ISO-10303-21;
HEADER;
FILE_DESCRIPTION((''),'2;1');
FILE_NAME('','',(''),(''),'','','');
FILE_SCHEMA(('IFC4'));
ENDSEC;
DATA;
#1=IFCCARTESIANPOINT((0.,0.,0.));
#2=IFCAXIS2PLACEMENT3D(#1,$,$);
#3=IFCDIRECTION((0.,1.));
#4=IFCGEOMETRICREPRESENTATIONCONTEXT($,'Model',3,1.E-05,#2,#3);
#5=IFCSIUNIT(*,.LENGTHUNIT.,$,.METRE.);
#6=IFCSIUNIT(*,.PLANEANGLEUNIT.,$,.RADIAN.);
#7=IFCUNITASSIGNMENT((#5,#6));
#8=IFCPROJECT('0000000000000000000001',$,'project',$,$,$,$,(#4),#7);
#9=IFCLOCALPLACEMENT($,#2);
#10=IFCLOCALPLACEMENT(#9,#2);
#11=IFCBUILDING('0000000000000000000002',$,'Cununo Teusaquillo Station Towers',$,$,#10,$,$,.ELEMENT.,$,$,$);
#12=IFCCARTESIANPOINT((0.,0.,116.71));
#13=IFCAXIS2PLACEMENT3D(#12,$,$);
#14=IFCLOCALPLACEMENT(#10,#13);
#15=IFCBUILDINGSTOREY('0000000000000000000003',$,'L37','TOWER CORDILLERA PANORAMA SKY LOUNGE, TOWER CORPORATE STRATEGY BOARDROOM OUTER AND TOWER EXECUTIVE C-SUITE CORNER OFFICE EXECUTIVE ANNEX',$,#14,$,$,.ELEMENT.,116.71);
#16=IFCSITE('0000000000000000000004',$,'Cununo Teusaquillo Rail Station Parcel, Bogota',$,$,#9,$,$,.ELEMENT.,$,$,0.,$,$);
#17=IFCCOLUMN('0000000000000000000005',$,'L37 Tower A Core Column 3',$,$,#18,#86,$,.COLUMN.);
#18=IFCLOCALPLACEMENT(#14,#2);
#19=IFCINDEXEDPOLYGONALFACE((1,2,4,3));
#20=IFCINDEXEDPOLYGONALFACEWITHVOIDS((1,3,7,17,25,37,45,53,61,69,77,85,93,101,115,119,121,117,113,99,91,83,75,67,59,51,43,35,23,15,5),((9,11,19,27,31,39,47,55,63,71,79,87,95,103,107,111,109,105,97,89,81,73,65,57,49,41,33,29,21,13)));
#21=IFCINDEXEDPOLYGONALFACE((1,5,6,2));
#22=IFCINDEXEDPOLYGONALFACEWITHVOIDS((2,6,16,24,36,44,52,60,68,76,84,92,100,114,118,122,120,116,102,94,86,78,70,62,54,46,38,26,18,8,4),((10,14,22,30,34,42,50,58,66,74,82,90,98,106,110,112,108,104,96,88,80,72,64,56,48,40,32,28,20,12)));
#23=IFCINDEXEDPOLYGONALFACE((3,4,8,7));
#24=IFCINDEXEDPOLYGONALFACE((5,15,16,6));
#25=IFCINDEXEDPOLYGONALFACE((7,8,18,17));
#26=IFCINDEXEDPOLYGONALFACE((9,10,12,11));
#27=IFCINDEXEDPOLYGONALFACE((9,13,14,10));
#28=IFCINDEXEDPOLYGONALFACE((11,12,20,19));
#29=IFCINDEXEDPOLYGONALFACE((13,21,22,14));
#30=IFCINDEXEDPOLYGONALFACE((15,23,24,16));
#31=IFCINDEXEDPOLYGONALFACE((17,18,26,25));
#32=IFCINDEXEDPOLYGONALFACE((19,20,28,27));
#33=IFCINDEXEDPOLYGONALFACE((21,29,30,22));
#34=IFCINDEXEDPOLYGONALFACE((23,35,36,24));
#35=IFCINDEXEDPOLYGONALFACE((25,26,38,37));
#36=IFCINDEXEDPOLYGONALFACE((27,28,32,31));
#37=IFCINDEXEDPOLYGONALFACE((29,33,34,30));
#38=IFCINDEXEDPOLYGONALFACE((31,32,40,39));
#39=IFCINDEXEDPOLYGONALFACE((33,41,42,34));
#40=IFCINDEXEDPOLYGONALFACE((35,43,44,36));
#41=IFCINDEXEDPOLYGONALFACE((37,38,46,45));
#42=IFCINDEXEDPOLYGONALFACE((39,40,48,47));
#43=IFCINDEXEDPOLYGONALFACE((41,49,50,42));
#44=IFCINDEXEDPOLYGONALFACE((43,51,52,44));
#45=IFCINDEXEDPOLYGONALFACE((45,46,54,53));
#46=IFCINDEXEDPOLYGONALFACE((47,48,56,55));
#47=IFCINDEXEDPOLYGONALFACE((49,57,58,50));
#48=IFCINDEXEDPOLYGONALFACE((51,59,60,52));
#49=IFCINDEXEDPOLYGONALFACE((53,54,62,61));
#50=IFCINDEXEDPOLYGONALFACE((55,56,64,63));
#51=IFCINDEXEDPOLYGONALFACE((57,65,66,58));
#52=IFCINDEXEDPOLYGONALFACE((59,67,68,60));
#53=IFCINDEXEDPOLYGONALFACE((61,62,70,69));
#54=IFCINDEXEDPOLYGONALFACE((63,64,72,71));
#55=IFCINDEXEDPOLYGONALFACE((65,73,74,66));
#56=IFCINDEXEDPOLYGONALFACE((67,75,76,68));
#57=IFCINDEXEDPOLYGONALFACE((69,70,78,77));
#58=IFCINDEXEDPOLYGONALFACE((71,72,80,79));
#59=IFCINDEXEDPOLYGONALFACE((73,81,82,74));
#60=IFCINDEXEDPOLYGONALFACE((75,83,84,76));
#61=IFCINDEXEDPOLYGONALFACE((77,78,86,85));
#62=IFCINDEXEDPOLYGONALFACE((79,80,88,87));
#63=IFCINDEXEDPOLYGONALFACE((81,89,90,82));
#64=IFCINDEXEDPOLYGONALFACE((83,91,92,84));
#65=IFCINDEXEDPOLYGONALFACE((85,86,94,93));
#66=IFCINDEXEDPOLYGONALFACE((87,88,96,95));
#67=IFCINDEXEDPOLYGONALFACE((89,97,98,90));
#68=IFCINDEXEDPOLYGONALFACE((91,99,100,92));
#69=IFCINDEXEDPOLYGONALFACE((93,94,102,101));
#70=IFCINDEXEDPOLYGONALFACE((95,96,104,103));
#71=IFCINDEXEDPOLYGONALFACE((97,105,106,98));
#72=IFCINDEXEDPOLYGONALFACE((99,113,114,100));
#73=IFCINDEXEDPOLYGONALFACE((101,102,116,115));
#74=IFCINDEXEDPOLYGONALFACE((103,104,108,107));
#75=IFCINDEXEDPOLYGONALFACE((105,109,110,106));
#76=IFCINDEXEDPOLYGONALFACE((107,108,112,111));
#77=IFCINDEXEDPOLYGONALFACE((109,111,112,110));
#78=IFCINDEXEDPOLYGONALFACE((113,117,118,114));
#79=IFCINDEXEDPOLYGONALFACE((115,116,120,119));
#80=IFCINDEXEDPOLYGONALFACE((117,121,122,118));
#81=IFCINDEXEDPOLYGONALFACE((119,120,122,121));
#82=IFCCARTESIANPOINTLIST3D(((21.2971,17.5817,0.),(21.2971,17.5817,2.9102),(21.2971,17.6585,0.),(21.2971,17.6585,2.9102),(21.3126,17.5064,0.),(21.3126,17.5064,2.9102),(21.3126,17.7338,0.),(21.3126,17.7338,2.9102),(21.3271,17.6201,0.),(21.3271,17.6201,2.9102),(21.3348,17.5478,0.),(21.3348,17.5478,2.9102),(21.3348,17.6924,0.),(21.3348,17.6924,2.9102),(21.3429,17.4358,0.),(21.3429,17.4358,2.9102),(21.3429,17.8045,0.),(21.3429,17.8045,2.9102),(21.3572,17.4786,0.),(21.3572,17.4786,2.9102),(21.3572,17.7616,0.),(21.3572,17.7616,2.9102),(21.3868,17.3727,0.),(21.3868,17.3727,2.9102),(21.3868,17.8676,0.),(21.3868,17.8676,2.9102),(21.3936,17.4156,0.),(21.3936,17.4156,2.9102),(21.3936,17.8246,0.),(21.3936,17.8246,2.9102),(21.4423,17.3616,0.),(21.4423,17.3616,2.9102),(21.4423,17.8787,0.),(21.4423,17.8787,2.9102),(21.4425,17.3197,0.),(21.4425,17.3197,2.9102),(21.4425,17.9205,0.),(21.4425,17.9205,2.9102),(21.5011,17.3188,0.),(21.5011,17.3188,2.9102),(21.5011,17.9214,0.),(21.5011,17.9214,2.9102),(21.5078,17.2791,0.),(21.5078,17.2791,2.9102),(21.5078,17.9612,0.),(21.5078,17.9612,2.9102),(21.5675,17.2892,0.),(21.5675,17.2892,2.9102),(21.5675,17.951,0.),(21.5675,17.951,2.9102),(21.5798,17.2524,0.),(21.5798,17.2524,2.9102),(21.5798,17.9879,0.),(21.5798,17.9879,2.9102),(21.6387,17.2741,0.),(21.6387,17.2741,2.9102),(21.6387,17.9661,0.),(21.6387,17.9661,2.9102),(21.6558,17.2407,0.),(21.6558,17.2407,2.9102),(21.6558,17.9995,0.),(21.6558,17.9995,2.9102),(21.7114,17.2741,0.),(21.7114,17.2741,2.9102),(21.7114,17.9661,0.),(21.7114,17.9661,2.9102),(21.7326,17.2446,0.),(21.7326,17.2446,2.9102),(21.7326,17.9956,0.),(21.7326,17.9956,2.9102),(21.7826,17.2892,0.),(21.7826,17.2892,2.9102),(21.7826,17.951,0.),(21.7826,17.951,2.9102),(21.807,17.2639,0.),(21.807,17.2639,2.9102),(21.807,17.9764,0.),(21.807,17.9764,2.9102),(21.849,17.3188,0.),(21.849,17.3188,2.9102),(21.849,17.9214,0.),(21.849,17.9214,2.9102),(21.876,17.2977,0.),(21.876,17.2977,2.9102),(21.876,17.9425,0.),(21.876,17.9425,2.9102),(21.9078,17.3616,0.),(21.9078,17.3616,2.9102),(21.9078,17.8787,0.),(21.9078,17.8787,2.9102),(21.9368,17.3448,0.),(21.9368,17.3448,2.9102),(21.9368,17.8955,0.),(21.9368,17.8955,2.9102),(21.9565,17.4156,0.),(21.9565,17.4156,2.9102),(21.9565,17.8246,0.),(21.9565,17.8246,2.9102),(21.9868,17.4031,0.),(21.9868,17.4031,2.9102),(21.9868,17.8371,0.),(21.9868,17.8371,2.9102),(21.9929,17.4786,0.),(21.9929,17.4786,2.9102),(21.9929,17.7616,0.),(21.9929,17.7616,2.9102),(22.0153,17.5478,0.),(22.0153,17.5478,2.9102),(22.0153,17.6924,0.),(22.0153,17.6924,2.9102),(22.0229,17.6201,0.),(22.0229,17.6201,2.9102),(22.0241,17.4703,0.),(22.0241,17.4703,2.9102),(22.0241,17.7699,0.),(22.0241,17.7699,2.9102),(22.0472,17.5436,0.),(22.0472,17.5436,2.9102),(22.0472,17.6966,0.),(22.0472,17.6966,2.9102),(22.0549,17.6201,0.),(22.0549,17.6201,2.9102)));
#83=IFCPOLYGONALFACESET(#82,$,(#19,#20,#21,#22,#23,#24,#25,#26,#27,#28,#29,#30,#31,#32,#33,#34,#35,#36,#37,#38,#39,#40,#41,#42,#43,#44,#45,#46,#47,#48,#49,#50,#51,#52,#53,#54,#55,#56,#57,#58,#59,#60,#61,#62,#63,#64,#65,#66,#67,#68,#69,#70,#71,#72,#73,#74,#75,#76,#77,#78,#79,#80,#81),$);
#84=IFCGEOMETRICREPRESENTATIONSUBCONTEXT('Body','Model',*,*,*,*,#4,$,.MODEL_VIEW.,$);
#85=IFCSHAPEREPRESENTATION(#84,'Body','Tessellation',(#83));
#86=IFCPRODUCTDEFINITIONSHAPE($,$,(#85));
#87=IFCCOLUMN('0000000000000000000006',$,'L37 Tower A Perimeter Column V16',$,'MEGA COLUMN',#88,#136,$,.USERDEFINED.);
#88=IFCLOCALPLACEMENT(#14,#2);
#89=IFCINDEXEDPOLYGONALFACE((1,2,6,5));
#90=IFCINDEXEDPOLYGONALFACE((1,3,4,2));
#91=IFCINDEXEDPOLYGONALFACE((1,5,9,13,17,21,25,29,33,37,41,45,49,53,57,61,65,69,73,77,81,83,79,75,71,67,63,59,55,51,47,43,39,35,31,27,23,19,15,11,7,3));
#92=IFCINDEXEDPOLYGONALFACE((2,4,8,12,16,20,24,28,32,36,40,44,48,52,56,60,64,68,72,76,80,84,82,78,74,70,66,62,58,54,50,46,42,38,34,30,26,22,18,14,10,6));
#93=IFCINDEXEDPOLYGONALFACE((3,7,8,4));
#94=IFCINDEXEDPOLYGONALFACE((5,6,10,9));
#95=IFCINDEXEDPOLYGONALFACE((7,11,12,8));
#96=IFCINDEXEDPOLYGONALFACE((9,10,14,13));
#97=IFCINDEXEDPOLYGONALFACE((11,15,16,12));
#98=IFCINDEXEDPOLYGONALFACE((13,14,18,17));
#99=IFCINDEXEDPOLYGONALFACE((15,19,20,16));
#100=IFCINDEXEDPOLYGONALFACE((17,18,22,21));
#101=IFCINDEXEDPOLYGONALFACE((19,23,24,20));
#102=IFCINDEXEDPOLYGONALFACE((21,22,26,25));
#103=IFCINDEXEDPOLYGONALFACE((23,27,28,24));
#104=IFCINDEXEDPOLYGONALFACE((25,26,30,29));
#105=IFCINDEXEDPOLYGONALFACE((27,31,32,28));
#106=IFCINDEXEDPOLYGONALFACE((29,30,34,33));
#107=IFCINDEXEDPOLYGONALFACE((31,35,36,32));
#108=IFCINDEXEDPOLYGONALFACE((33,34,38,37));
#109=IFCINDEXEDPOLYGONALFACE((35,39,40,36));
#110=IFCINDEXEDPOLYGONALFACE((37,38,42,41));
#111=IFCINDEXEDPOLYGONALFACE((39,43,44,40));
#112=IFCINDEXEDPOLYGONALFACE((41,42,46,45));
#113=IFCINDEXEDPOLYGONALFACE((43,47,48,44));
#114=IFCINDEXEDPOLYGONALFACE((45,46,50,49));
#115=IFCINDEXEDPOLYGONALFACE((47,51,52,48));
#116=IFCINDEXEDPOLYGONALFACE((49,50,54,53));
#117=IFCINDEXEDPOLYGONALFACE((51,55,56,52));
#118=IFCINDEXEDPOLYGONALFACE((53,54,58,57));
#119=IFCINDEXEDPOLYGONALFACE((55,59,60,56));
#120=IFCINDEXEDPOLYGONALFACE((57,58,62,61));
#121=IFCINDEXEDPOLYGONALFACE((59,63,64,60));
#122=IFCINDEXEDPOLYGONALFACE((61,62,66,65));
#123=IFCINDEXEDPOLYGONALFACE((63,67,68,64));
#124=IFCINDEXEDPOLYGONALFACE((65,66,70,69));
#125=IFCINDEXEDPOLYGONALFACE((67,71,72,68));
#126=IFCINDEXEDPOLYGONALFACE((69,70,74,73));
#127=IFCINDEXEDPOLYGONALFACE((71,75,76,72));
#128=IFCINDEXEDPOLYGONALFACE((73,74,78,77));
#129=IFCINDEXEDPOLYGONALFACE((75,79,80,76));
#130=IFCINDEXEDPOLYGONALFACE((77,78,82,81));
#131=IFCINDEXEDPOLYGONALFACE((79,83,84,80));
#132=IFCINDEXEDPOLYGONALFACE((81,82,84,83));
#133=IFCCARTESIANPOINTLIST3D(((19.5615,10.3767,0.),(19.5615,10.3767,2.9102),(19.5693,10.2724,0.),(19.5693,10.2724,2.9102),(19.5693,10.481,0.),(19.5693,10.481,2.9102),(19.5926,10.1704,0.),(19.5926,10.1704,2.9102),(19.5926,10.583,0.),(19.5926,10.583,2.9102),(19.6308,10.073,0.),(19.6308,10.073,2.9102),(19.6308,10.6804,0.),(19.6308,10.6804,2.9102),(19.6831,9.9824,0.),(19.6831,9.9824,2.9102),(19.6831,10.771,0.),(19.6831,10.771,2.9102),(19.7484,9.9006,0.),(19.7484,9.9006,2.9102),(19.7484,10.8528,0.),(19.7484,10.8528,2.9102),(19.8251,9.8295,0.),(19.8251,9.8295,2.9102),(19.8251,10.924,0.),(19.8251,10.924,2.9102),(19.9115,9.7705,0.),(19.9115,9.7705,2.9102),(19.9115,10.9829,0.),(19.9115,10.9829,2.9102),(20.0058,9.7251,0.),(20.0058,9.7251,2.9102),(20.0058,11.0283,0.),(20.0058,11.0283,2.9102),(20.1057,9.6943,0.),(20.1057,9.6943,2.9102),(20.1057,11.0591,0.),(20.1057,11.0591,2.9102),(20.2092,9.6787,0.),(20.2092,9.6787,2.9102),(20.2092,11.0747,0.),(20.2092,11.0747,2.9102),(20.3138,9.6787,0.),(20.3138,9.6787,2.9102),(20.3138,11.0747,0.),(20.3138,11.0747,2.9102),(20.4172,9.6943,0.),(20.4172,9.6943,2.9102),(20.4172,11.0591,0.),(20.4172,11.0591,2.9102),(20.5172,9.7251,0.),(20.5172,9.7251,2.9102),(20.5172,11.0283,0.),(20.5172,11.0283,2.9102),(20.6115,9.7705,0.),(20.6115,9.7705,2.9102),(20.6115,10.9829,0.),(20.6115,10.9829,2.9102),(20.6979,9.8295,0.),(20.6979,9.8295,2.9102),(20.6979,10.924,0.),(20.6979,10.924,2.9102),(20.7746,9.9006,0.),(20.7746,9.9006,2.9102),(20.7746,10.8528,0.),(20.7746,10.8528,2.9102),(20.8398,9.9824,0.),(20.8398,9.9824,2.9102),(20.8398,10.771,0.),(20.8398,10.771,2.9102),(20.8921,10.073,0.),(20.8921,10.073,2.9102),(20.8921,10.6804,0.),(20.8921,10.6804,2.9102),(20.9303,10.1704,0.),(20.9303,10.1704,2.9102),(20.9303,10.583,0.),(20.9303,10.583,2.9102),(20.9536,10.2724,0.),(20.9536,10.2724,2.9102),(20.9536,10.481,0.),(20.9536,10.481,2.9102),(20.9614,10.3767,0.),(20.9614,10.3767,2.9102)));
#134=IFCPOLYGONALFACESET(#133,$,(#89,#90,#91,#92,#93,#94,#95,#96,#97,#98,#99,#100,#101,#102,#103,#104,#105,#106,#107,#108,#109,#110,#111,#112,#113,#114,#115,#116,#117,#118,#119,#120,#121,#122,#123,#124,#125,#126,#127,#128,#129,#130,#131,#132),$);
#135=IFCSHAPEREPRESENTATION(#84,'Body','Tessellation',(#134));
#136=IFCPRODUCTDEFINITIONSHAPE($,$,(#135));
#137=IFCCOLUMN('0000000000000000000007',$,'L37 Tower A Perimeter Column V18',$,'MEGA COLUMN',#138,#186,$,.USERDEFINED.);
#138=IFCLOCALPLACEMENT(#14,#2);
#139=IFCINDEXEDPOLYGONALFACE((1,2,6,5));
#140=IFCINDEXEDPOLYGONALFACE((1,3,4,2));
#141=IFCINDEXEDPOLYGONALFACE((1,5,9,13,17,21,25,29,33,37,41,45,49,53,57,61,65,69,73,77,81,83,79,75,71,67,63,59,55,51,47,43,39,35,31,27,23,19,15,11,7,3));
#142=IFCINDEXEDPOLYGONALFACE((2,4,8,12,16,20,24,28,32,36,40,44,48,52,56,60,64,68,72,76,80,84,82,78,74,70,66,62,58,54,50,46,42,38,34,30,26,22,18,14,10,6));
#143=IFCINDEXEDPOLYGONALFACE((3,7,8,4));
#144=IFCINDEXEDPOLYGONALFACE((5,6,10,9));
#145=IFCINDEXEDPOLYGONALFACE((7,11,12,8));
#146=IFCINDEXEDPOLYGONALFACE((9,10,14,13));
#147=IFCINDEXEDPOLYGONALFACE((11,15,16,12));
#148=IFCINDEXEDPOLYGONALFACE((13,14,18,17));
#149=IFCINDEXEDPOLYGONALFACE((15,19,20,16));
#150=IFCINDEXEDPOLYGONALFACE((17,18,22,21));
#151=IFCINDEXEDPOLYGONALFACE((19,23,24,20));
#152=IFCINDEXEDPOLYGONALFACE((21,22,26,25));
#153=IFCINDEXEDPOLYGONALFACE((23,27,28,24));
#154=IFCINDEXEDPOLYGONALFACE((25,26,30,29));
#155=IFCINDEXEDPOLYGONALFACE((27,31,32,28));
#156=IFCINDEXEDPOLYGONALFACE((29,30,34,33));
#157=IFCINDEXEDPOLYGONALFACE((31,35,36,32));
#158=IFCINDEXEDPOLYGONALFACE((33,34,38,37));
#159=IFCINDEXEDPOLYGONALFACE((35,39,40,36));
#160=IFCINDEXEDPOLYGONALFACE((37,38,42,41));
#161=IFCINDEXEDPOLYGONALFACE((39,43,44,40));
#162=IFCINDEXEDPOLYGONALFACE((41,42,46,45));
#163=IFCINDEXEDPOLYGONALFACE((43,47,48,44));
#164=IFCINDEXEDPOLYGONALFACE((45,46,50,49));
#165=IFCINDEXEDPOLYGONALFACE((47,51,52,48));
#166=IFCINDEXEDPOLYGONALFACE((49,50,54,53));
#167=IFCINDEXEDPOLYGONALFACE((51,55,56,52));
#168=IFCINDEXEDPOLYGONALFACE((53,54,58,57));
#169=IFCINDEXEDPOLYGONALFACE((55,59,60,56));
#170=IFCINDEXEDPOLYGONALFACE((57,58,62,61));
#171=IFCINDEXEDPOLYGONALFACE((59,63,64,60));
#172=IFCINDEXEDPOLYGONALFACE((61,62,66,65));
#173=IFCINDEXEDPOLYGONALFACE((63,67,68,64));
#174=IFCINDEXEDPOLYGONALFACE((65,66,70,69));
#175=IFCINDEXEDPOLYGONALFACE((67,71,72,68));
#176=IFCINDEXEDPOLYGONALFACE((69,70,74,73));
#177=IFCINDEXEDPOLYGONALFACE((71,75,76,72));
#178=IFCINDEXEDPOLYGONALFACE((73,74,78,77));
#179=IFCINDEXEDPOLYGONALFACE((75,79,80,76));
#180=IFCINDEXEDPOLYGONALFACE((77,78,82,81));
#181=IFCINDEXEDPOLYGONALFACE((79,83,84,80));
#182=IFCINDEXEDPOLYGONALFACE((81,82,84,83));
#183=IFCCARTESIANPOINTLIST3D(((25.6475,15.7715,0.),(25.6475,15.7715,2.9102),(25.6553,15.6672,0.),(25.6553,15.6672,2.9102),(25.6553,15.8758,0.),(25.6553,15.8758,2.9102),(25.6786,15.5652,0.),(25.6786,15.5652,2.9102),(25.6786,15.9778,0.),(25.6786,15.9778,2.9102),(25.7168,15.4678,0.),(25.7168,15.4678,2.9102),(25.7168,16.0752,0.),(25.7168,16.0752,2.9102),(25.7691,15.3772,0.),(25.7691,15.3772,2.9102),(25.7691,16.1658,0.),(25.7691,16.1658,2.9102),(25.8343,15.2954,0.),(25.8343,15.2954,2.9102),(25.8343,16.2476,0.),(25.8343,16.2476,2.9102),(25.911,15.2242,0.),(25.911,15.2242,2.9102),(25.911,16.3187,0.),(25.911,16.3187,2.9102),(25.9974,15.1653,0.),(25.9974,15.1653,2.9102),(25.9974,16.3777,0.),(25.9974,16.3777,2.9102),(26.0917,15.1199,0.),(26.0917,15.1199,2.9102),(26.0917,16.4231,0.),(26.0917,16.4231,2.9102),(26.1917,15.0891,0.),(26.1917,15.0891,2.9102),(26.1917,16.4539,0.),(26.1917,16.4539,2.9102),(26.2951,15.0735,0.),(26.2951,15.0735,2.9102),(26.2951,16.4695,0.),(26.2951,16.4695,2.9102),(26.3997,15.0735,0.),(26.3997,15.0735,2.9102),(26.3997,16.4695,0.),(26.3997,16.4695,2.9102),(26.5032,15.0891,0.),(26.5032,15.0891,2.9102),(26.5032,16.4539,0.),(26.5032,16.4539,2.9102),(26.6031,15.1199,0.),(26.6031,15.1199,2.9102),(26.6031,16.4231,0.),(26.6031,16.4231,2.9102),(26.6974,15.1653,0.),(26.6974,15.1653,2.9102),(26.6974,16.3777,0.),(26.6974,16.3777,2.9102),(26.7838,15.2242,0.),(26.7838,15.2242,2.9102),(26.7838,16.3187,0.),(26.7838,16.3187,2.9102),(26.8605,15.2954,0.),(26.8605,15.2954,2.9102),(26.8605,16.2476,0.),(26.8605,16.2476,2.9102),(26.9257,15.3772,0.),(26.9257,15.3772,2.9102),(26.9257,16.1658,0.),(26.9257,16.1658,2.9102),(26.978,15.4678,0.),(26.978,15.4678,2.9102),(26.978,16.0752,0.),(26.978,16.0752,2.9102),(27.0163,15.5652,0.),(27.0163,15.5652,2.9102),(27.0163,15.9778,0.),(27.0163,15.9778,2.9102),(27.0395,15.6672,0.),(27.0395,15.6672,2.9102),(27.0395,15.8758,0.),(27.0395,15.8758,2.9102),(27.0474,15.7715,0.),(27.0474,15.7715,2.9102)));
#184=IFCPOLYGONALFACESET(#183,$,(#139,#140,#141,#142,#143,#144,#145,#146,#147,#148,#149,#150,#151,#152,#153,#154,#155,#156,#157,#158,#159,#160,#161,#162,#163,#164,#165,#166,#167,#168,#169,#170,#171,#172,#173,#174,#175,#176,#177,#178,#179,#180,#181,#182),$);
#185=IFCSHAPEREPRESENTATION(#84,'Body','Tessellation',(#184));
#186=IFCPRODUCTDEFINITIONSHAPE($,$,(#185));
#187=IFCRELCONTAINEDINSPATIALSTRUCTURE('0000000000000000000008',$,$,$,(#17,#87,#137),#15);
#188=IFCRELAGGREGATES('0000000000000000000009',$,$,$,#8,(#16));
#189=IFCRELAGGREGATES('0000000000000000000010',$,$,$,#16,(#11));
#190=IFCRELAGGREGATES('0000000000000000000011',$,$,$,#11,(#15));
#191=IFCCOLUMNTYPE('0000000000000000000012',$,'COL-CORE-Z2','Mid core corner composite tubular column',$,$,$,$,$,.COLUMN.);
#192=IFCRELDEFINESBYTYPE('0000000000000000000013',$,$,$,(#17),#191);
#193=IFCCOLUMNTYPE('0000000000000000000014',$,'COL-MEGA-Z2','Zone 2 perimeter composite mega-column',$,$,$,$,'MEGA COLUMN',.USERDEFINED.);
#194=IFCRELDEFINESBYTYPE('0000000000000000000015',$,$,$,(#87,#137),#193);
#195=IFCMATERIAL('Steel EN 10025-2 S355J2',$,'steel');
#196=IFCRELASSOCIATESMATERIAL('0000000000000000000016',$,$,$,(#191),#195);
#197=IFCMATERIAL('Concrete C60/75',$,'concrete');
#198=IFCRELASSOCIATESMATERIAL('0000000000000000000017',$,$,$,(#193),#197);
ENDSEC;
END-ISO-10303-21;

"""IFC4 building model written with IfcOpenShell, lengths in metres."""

from ifc_helpers import new_model, si_unit, direction, frame, origin, origin_2d, place, context, subcontext, project, spatial, circle, hollow_circle, extrude, material, material_profile, profile_set, type_object, element, save


model = new_model("IFC4")

# Units and contexts
model_context = context("Model", 3, precision=1e-05, world=origin(), true_north=direction((0.0, 1.0)))
body_context = subcontext(model_context, "Body", "Model", "MODEL_VIEW")
ifc_project = project(units=[si_unit("LENGTHUNIT", "METRE"), si_unit("PLANEANGLEUNIT", "RADIAN")], contexts=[model_context])

# Site, building, storey
site_placement = place(None, origin())
site = spatial("IfcSite", under=ifc_project, at=site_placement, Name="Cununo Teusaquillo Rail Station Parcel, Bogota", CompositionType="ELEMENT", RefElevation=0.0)
building_placement = place(site_placement, origin())
building = spatial("IfcBuilding", under=site, at=building_placement, Name="Cununo Teusaquillo Station Towers", CompositionType="ELEMENT")
storey_placement = place(building_placement, frame((0.0, 0.0, 116.71)))
storey = spatial("IfcBuildingStorey", under=building, at=storey_placement, Name="L37", Description="TOWER CORDILLERA PANORAMA SKY LOUNGE, TOWER CORPORATE STRATEGY BOARDROOM OUTER AND TOWER EXECUTIVE C-SUITE CORNER OFFICE EXECUTIVE ANNEX", CompositionType="ELEMENT", Elevation=116.71)

# Columns
ifc_material_1 = material(Name="Steel EN 10025-2 S355J2", Category="steel")
ifc_material_profile_1 = material_profile(ifc_material_1, hollow_circle(Radius=0.3799, WallThickness=0.032, at=origin_2d()), Name="CHS 760x32")
ifc_profile_set_1 = profile_set([ifc_material_profile_1], Name="Steel EN 10025-2 S355J2")
column_type_1 = type_object("IfcColumnType", Name="COL-CORE-Z2", Description="Mid core corner composite tubular column", PredefinedType="COLUMN", material=ifc_profile_set_1)
column_placement = place(storey_placement, frame((21.675, 17.6201, 0.0), z_axis=(0.0, 0.0, 1.0), x_axis=(1.0, 0.0, 0.0)))
element("IfcColumn", 1, at=column_placement, inside=storey, type_object=column_type_1, Name="L37 Tower A Core Column 3", PredefinedType="COLUMN", context=body_context, shape_type="SweptSolid", body=[
    extrude(hollow_circle(Radius=0.3799, WallThickness=0.032, at=origin_2d()), origin(), (0.0, 0.0, 1.0), 2.9102),
])
ifc_material_2 = material(Name="Concrete C60/75", Category="concrete")
ifc_material_profile_2 = material_profile(ifc_material_2, circle(Radius=0.7, at=origin_2d()), Name="RC-CIRC-1400")
ifc_profile_set_2 = profile_set([ifc_material_profile_2], Name="Concrete C60/75")
column_type_2 = type_object("IfcColumnType", Name="COL-MEGA-Z2", Description="Zone 2 perimeter composite mega-column", ElementType="MEGA COLUMN", PredefinedType="USERDEFINED", material=ifc_profile_set_2)
for number, where, z_axis, x_axis, name in (
    (2, (20.2615, 10.3767, 0.0), (0.0, 0.0, 1.0), (1.0, 0.0, 0.0), "L37 Tower A Perimeter Column V16"),
    (3, (26.3474, 15.7715, 0.0), (0.0, 0.0, 1.0), (1.0, 0.0, 0.0), "L37 Tower A Perimeter Column V18"),
):
    element("IfcColumn", number, at=place(storey_placement, frame(where, z_axis=z_axis, x_axis=x_axis)), inside=storey, type_object=column_type_2, Name=name, ObjectType="MEGA COLUMN", PredefinedType="USERDEFINED", context=body_context, shape_type="SweptSolid", body=[
        extrude(circle(Radius=0.7, at=origin_2d()), origin(), (0.0, 0.0, 1.0), 2.9102),
    ])

save(model, "model.ifc")
